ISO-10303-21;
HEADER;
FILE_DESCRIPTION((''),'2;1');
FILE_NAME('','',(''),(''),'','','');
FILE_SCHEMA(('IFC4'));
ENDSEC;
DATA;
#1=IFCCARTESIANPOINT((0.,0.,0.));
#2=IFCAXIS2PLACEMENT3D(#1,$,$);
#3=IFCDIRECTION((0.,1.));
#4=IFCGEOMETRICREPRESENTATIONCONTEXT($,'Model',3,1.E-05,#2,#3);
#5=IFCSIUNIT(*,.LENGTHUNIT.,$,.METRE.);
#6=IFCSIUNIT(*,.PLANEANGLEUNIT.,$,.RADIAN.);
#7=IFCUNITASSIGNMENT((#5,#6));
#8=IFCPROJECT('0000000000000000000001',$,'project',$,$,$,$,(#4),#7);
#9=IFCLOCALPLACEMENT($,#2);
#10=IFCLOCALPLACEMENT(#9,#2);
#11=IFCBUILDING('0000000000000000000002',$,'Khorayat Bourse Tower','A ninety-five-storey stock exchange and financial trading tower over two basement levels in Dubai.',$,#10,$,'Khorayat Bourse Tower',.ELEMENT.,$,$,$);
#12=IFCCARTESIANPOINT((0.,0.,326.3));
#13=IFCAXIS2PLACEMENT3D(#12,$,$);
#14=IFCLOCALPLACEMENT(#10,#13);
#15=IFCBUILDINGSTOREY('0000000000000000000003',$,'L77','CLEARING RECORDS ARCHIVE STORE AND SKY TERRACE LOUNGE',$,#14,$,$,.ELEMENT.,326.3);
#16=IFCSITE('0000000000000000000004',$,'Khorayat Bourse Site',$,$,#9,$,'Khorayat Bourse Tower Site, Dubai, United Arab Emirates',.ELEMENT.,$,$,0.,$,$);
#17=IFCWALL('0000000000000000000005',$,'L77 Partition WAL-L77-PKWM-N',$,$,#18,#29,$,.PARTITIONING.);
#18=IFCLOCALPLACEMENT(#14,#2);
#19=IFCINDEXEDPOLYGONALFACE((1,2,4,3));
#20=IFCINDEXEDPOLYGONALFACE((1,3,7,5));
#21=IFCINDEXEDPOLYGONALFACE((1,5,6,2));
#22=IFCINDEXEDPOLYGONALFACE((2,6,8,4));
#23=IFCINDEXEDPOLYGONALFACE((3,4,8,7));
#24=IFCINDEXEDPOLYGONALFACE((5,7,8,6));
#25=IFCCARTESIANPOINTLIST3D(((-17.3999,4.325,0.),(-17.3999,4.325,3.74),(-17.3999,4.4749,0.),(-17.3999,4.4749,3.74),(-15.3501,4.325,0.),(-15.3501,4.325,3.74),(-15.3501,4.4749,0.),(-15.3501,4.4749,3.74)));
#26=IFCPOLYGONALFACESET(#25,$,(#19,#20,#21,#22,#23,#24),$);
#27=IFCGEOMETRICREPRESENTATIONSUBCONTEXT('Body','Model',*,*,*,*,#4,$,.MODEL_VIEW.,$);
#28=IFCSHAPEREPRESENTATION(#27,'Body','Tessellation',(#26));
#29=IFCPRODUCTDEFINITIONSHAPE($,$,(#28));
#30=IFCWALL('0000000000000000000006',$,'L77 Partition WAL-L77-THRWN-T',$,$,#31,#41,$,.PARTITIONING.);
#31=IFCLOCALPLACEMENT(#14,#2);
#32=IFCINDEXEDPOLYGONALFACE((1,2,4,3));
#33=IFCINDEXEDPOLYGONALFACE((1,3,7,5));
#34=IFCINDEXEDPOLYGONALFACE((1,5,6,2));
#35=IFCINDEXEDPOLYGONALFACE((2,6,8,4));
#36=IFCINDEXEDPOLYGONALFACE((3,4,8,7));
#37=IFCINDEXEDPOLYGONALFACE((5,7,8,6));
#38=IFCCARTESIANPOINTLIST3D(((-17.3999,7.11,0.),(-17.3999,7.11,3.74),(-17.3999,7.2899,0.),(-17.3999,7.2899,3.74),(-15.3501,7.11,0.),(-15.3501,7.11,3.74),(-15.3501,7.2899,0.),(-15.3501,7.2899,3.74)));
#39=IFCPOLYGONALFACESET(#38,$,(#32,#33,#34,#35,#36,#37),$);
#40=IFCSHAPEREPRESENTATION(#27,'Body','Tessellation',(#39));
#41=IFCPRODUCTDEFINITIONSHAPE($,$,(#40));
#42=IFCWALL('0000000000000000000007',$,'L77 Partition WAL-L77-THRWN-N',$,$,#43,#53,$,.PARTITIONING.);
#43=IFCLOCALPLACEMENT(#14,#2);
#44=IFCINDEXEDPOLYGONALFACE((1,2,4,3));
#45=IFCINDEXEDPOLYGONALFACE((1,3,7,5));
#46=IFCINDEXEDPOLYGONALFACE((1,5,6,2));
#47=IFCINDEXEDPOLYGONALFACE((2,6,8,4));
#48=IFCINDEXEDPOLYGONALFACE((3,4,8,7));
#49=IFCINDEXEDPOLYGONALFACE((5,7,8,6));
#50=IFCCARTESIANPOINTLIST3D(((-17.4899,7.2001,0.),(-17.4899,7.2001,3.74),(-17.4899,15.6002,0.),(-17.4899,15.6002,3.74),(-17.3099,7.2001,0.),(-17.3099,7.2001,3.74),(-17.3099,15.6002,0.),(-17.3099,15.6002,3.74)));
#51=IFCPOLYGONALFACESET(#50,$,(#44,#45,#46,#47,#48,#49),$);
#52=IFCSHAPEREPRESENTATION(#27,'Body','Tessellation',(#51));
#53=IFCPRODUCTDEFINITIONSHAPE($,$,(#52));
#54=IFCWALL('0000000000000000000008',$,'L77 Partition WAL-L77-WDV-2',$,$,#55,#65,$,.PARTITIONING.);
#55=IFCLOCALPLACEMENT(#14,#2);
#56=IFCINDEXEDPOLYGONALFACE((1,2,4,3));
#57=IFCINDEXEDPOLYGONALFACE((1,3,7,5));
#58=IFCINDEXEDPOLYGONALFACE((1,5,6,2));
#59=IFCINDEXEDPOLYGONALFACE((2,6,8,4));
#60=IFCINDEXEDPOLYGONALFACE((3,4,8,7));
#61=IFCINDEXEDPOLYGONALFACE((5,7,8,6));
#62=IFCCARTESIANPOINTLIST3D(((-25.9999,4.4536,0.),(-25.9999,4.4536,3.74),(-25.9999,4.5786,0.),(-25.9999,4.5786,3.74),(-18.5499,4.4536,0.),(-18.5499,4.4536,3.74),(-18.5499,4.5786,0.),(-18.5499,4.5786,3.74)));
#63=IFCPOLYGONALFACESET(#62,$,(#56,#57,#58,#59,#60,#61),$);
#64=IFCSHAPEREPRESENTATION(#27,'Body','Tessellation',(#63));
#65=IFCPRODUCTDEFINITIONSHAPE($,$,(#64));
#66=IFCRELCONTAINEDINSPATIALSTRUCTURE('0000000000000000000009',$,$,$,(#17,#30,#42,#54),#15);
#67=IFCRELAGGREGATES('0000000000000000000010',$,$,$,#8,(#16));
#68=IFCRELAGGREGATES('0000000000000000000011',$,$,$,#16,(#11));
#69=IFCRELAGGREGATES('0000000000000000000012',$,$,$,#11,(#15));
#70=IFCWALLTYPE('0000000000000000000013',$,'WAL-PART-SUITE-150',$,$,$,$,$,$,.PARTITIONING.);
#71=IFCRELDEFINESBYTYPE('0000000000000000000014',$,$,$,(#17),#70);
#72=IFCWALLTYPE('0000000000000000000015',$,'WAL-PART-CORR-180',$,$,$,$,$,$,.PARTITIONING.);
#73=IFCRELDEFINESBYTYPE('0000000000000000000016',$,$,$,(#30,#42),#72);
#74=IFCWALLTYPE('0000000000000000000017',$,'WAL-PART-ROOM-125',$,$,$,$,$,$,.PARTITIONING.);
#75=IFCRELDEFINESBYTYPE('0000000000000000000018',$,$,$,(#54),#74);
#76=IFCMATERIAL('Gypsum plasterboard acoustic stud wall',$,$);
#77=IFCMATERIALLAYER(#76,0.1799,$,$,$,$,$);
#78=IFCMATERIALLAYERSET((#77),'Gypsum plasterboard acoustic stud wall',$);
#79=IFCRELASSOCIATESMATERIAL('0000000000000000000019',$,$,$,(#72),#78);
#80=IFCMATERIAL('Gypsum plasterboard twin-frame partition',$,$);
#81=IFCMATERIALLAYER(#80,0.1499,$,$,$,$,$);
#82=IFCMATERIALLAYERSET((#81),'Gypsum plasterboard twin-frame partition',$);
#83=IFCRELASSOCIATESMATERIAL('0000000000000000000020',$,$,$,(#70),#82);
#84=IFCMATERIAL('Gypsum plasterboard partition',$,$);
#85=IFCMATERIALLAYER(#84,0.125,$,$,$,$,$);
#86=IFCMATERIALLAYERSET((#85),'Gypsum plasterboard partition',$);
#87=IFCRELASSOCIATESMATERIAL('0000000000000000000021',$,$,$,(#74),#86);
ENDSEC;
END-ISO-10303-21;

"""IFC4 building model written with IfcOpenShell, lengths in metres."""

from ifc_helpers import new_model, si_unit, direction, frame, frame_2d, origin, place, context, subcontext, project, spatial, rectangle, extrude, source, transform, mapped, material, layer, layer_set, type_object, element, save


model = new_model("IFC4")

# Units and contexts
model_context = context("Model", 3, precision=1e-05, world=origin(), true_north=direction((0.0, 1.0)))
body_context = subcontext(model_context, "Body", "Model", "MODEL_VIEW")
ifc_project = project(units=[si_unit("LENGTHUNIT", "METRE"), si_unit("PLANEANGLEUNIT", "RADIAN")], contexts=[model_context])

# Site, building, storey
site_placement = place(None, origin())
site = spatial("IfcSite", under=ifc_project, at=site_placement, Name="Khorayat Bourse Site", LongName="Khorayat Bourse Tower Site, Dubai, United Arab Emirates", CompositionType="ELEMENT", RefElevation=0.0)
building_placement = place(site_placement, origin())
building = spatial("IfcBuilding", under=site, at=building_placement, Name="Khorayat Bourse Tower", Description="A ninety-five-storey stock exchange and financial trading tower over two basement levels in Dubai.", LongName="Khorayat Bourse Tower", CompositionType="ELEMENT")
storey_placement = place(building_placement, frame((0.0, 0.0, 326.3)))
storey = spatial("IfcBuildingStorey", under=building, at=storey_placement, Name="L77", Description="CLEARING RECORDS ARCHIVE STORE AND SKY TERRACE LOUNGE", CompositionType="ELEMENT", Elevation=326.3)

# Walls
ifc_material_1 = material(Name="Gypsum plasterboard acoustic stud wall")
ifc_layer_1 = layer(ifc_material_1, 0.1799)
ifc_layer_set_1 = layer_set([ifc_layer_1], Name="Gypsum plasterboard acoustic stud wall")
wall_type_1 = type_object("IfcWallType", Name="WAL-PART-CORR-180", PredefinedType="PARTITIONING", material=ifc_layer_set_1)
ifc_material_2 = material(Name="Gypsum plasterboard twin-frame partition")
ifc_layer_2 = layer(ifc_material_2, 0.1499)
ifc_layer_set_2 = layer_set([ifc_layer_2], Name="Gypsum plasterboard twin-frame partition")
wall_type_2 = type_object("IfcWallType", Name="WAL-PART-SUITE-150", PredefinedType="PARTITIONING", material=ifc_layer_set_2)
shared_shape_1 = source(origin(), body_context, "Body", "SweptSolid", [
    extrude(rectangle(XDim=2.0498, YDim=0.1499, at=frame_2d((1.0249, 0.0))), origin(), (0.0, 0.0, 1.0), 3.74),
])
wall_1_placement = place(storey_placement, frame((-17.3999, 4.3999, 0.0), z_axis=(0.0, 0.0, 1.0), x_axis=(1.0, 0.0, 0.0)))
element("IfcWall", 1, at=wall_1_placement, inside=storey, type_object=wall_type_2, Name="L77 Partition WAL-L77-PKWM-N", PredefinedType="PARTITIONING", context=body_context, shape_type="MappedRepresentation", body=[
    mapped(shared_shape_1, transform((0.0, 0.0, 0.0), scale=1.0)),
])
shared_shape_2 = source(origin(), body_context, "Body", "SweptSolid", [
    extrude(rectangle(XDim=2.0498, YDim=0.1799, at=frame_2d((1.0249, 0.0))), origin(), (0.0, 0.0, 1.0), 3.74),
])
wall_2_placement = place(storey_placement, frame((-17.3999, 7.2, 0.0), z_axis=(0.0, 0.0, 1.0), x_axis=(1.0, 0.0, 0.0)))
element("IfcWall", 2, at=wall_2_placement, inside=storey, type_object=wall_type_1, Name="L77 Partition WAL-L77-THRWN-T", PredefinedType="PARTITIONING", context=body_context, shape_type="MappedRepresentation", body=[
    mapped(shared_shape_2, transform((0.0, 0.0, 0.0), scale=1.0)),
])
shared_shape_3 = source(origin(), body_context, "Body", "SweptSolid", [
    extrude(rectangle(XDim=8.4001, YDim=0.1799, at=frame_2d((4.2002, 0.0))), origin(), (0.0, 0.0, 1.0), 3.74),
])
wall_3_placement = place(storey_placement, frame((-17.3999, 7.2, 0.0), z_axis=(0.0, 0.0, 1.0), x_axis=(0.0, 1.0, 0.0)))
element("IfcWall", 3, at=wall_3_placement, inside=storey, type_object=wall_type_1, Name="L77 Partition WAL-L77-THRWN-N", PredefinedType="PARTITIONING", context=body_context, shape_type="MappedRepresentation", body=[
    mapped(shared_shape_3, transform((0.0, 0.0, 0.0), scale=1.0)),
])
ifc_material_3 = material(Name="Gypsum plasterboard partition")
ifc_layer_3 = layer(ifc_material_3, 0.125)
ifc_layer_set_3 = layer_set([ifc_layer_3], Name="Gypsum plasterboard partition")
wall_type_3 = type_object("IfcWallType", Name="WAL-PART-ROOM-125", PredefinedType="PARTITIONING", material=ifc_layer_set_3)
shared_shape_4 = source(origin(), body_context, "Body", "SweptSolid", [
    extrude(rectangle(XDim=7.45, YDim=0.125, at=frame_2d((3.7251, 0.0))), origin(), (0.0, 0.0, 1.0), 3.74),
])
wall_4_placement = place(storey_placement, frame((-26.0, 4.5161, 0.0), z_axis=(0.0, 0.0, 1.0), x_axis=(1.0, 0.0, 0.0)))
element("IfcWall", 4, at=wall_4_placement, inside=storey, type_object=wall_type_3, Name="L77 Partition WAL-L77-WDV-2", PredefinedType="PARTITIONING", context=body_context, shape_type="MappedRepresentation", body=[
    mapped(shared_shape_4, transform((0.0, 0.0, 0.0), scale=1.0)),
])

save(model, "model.ifc")
